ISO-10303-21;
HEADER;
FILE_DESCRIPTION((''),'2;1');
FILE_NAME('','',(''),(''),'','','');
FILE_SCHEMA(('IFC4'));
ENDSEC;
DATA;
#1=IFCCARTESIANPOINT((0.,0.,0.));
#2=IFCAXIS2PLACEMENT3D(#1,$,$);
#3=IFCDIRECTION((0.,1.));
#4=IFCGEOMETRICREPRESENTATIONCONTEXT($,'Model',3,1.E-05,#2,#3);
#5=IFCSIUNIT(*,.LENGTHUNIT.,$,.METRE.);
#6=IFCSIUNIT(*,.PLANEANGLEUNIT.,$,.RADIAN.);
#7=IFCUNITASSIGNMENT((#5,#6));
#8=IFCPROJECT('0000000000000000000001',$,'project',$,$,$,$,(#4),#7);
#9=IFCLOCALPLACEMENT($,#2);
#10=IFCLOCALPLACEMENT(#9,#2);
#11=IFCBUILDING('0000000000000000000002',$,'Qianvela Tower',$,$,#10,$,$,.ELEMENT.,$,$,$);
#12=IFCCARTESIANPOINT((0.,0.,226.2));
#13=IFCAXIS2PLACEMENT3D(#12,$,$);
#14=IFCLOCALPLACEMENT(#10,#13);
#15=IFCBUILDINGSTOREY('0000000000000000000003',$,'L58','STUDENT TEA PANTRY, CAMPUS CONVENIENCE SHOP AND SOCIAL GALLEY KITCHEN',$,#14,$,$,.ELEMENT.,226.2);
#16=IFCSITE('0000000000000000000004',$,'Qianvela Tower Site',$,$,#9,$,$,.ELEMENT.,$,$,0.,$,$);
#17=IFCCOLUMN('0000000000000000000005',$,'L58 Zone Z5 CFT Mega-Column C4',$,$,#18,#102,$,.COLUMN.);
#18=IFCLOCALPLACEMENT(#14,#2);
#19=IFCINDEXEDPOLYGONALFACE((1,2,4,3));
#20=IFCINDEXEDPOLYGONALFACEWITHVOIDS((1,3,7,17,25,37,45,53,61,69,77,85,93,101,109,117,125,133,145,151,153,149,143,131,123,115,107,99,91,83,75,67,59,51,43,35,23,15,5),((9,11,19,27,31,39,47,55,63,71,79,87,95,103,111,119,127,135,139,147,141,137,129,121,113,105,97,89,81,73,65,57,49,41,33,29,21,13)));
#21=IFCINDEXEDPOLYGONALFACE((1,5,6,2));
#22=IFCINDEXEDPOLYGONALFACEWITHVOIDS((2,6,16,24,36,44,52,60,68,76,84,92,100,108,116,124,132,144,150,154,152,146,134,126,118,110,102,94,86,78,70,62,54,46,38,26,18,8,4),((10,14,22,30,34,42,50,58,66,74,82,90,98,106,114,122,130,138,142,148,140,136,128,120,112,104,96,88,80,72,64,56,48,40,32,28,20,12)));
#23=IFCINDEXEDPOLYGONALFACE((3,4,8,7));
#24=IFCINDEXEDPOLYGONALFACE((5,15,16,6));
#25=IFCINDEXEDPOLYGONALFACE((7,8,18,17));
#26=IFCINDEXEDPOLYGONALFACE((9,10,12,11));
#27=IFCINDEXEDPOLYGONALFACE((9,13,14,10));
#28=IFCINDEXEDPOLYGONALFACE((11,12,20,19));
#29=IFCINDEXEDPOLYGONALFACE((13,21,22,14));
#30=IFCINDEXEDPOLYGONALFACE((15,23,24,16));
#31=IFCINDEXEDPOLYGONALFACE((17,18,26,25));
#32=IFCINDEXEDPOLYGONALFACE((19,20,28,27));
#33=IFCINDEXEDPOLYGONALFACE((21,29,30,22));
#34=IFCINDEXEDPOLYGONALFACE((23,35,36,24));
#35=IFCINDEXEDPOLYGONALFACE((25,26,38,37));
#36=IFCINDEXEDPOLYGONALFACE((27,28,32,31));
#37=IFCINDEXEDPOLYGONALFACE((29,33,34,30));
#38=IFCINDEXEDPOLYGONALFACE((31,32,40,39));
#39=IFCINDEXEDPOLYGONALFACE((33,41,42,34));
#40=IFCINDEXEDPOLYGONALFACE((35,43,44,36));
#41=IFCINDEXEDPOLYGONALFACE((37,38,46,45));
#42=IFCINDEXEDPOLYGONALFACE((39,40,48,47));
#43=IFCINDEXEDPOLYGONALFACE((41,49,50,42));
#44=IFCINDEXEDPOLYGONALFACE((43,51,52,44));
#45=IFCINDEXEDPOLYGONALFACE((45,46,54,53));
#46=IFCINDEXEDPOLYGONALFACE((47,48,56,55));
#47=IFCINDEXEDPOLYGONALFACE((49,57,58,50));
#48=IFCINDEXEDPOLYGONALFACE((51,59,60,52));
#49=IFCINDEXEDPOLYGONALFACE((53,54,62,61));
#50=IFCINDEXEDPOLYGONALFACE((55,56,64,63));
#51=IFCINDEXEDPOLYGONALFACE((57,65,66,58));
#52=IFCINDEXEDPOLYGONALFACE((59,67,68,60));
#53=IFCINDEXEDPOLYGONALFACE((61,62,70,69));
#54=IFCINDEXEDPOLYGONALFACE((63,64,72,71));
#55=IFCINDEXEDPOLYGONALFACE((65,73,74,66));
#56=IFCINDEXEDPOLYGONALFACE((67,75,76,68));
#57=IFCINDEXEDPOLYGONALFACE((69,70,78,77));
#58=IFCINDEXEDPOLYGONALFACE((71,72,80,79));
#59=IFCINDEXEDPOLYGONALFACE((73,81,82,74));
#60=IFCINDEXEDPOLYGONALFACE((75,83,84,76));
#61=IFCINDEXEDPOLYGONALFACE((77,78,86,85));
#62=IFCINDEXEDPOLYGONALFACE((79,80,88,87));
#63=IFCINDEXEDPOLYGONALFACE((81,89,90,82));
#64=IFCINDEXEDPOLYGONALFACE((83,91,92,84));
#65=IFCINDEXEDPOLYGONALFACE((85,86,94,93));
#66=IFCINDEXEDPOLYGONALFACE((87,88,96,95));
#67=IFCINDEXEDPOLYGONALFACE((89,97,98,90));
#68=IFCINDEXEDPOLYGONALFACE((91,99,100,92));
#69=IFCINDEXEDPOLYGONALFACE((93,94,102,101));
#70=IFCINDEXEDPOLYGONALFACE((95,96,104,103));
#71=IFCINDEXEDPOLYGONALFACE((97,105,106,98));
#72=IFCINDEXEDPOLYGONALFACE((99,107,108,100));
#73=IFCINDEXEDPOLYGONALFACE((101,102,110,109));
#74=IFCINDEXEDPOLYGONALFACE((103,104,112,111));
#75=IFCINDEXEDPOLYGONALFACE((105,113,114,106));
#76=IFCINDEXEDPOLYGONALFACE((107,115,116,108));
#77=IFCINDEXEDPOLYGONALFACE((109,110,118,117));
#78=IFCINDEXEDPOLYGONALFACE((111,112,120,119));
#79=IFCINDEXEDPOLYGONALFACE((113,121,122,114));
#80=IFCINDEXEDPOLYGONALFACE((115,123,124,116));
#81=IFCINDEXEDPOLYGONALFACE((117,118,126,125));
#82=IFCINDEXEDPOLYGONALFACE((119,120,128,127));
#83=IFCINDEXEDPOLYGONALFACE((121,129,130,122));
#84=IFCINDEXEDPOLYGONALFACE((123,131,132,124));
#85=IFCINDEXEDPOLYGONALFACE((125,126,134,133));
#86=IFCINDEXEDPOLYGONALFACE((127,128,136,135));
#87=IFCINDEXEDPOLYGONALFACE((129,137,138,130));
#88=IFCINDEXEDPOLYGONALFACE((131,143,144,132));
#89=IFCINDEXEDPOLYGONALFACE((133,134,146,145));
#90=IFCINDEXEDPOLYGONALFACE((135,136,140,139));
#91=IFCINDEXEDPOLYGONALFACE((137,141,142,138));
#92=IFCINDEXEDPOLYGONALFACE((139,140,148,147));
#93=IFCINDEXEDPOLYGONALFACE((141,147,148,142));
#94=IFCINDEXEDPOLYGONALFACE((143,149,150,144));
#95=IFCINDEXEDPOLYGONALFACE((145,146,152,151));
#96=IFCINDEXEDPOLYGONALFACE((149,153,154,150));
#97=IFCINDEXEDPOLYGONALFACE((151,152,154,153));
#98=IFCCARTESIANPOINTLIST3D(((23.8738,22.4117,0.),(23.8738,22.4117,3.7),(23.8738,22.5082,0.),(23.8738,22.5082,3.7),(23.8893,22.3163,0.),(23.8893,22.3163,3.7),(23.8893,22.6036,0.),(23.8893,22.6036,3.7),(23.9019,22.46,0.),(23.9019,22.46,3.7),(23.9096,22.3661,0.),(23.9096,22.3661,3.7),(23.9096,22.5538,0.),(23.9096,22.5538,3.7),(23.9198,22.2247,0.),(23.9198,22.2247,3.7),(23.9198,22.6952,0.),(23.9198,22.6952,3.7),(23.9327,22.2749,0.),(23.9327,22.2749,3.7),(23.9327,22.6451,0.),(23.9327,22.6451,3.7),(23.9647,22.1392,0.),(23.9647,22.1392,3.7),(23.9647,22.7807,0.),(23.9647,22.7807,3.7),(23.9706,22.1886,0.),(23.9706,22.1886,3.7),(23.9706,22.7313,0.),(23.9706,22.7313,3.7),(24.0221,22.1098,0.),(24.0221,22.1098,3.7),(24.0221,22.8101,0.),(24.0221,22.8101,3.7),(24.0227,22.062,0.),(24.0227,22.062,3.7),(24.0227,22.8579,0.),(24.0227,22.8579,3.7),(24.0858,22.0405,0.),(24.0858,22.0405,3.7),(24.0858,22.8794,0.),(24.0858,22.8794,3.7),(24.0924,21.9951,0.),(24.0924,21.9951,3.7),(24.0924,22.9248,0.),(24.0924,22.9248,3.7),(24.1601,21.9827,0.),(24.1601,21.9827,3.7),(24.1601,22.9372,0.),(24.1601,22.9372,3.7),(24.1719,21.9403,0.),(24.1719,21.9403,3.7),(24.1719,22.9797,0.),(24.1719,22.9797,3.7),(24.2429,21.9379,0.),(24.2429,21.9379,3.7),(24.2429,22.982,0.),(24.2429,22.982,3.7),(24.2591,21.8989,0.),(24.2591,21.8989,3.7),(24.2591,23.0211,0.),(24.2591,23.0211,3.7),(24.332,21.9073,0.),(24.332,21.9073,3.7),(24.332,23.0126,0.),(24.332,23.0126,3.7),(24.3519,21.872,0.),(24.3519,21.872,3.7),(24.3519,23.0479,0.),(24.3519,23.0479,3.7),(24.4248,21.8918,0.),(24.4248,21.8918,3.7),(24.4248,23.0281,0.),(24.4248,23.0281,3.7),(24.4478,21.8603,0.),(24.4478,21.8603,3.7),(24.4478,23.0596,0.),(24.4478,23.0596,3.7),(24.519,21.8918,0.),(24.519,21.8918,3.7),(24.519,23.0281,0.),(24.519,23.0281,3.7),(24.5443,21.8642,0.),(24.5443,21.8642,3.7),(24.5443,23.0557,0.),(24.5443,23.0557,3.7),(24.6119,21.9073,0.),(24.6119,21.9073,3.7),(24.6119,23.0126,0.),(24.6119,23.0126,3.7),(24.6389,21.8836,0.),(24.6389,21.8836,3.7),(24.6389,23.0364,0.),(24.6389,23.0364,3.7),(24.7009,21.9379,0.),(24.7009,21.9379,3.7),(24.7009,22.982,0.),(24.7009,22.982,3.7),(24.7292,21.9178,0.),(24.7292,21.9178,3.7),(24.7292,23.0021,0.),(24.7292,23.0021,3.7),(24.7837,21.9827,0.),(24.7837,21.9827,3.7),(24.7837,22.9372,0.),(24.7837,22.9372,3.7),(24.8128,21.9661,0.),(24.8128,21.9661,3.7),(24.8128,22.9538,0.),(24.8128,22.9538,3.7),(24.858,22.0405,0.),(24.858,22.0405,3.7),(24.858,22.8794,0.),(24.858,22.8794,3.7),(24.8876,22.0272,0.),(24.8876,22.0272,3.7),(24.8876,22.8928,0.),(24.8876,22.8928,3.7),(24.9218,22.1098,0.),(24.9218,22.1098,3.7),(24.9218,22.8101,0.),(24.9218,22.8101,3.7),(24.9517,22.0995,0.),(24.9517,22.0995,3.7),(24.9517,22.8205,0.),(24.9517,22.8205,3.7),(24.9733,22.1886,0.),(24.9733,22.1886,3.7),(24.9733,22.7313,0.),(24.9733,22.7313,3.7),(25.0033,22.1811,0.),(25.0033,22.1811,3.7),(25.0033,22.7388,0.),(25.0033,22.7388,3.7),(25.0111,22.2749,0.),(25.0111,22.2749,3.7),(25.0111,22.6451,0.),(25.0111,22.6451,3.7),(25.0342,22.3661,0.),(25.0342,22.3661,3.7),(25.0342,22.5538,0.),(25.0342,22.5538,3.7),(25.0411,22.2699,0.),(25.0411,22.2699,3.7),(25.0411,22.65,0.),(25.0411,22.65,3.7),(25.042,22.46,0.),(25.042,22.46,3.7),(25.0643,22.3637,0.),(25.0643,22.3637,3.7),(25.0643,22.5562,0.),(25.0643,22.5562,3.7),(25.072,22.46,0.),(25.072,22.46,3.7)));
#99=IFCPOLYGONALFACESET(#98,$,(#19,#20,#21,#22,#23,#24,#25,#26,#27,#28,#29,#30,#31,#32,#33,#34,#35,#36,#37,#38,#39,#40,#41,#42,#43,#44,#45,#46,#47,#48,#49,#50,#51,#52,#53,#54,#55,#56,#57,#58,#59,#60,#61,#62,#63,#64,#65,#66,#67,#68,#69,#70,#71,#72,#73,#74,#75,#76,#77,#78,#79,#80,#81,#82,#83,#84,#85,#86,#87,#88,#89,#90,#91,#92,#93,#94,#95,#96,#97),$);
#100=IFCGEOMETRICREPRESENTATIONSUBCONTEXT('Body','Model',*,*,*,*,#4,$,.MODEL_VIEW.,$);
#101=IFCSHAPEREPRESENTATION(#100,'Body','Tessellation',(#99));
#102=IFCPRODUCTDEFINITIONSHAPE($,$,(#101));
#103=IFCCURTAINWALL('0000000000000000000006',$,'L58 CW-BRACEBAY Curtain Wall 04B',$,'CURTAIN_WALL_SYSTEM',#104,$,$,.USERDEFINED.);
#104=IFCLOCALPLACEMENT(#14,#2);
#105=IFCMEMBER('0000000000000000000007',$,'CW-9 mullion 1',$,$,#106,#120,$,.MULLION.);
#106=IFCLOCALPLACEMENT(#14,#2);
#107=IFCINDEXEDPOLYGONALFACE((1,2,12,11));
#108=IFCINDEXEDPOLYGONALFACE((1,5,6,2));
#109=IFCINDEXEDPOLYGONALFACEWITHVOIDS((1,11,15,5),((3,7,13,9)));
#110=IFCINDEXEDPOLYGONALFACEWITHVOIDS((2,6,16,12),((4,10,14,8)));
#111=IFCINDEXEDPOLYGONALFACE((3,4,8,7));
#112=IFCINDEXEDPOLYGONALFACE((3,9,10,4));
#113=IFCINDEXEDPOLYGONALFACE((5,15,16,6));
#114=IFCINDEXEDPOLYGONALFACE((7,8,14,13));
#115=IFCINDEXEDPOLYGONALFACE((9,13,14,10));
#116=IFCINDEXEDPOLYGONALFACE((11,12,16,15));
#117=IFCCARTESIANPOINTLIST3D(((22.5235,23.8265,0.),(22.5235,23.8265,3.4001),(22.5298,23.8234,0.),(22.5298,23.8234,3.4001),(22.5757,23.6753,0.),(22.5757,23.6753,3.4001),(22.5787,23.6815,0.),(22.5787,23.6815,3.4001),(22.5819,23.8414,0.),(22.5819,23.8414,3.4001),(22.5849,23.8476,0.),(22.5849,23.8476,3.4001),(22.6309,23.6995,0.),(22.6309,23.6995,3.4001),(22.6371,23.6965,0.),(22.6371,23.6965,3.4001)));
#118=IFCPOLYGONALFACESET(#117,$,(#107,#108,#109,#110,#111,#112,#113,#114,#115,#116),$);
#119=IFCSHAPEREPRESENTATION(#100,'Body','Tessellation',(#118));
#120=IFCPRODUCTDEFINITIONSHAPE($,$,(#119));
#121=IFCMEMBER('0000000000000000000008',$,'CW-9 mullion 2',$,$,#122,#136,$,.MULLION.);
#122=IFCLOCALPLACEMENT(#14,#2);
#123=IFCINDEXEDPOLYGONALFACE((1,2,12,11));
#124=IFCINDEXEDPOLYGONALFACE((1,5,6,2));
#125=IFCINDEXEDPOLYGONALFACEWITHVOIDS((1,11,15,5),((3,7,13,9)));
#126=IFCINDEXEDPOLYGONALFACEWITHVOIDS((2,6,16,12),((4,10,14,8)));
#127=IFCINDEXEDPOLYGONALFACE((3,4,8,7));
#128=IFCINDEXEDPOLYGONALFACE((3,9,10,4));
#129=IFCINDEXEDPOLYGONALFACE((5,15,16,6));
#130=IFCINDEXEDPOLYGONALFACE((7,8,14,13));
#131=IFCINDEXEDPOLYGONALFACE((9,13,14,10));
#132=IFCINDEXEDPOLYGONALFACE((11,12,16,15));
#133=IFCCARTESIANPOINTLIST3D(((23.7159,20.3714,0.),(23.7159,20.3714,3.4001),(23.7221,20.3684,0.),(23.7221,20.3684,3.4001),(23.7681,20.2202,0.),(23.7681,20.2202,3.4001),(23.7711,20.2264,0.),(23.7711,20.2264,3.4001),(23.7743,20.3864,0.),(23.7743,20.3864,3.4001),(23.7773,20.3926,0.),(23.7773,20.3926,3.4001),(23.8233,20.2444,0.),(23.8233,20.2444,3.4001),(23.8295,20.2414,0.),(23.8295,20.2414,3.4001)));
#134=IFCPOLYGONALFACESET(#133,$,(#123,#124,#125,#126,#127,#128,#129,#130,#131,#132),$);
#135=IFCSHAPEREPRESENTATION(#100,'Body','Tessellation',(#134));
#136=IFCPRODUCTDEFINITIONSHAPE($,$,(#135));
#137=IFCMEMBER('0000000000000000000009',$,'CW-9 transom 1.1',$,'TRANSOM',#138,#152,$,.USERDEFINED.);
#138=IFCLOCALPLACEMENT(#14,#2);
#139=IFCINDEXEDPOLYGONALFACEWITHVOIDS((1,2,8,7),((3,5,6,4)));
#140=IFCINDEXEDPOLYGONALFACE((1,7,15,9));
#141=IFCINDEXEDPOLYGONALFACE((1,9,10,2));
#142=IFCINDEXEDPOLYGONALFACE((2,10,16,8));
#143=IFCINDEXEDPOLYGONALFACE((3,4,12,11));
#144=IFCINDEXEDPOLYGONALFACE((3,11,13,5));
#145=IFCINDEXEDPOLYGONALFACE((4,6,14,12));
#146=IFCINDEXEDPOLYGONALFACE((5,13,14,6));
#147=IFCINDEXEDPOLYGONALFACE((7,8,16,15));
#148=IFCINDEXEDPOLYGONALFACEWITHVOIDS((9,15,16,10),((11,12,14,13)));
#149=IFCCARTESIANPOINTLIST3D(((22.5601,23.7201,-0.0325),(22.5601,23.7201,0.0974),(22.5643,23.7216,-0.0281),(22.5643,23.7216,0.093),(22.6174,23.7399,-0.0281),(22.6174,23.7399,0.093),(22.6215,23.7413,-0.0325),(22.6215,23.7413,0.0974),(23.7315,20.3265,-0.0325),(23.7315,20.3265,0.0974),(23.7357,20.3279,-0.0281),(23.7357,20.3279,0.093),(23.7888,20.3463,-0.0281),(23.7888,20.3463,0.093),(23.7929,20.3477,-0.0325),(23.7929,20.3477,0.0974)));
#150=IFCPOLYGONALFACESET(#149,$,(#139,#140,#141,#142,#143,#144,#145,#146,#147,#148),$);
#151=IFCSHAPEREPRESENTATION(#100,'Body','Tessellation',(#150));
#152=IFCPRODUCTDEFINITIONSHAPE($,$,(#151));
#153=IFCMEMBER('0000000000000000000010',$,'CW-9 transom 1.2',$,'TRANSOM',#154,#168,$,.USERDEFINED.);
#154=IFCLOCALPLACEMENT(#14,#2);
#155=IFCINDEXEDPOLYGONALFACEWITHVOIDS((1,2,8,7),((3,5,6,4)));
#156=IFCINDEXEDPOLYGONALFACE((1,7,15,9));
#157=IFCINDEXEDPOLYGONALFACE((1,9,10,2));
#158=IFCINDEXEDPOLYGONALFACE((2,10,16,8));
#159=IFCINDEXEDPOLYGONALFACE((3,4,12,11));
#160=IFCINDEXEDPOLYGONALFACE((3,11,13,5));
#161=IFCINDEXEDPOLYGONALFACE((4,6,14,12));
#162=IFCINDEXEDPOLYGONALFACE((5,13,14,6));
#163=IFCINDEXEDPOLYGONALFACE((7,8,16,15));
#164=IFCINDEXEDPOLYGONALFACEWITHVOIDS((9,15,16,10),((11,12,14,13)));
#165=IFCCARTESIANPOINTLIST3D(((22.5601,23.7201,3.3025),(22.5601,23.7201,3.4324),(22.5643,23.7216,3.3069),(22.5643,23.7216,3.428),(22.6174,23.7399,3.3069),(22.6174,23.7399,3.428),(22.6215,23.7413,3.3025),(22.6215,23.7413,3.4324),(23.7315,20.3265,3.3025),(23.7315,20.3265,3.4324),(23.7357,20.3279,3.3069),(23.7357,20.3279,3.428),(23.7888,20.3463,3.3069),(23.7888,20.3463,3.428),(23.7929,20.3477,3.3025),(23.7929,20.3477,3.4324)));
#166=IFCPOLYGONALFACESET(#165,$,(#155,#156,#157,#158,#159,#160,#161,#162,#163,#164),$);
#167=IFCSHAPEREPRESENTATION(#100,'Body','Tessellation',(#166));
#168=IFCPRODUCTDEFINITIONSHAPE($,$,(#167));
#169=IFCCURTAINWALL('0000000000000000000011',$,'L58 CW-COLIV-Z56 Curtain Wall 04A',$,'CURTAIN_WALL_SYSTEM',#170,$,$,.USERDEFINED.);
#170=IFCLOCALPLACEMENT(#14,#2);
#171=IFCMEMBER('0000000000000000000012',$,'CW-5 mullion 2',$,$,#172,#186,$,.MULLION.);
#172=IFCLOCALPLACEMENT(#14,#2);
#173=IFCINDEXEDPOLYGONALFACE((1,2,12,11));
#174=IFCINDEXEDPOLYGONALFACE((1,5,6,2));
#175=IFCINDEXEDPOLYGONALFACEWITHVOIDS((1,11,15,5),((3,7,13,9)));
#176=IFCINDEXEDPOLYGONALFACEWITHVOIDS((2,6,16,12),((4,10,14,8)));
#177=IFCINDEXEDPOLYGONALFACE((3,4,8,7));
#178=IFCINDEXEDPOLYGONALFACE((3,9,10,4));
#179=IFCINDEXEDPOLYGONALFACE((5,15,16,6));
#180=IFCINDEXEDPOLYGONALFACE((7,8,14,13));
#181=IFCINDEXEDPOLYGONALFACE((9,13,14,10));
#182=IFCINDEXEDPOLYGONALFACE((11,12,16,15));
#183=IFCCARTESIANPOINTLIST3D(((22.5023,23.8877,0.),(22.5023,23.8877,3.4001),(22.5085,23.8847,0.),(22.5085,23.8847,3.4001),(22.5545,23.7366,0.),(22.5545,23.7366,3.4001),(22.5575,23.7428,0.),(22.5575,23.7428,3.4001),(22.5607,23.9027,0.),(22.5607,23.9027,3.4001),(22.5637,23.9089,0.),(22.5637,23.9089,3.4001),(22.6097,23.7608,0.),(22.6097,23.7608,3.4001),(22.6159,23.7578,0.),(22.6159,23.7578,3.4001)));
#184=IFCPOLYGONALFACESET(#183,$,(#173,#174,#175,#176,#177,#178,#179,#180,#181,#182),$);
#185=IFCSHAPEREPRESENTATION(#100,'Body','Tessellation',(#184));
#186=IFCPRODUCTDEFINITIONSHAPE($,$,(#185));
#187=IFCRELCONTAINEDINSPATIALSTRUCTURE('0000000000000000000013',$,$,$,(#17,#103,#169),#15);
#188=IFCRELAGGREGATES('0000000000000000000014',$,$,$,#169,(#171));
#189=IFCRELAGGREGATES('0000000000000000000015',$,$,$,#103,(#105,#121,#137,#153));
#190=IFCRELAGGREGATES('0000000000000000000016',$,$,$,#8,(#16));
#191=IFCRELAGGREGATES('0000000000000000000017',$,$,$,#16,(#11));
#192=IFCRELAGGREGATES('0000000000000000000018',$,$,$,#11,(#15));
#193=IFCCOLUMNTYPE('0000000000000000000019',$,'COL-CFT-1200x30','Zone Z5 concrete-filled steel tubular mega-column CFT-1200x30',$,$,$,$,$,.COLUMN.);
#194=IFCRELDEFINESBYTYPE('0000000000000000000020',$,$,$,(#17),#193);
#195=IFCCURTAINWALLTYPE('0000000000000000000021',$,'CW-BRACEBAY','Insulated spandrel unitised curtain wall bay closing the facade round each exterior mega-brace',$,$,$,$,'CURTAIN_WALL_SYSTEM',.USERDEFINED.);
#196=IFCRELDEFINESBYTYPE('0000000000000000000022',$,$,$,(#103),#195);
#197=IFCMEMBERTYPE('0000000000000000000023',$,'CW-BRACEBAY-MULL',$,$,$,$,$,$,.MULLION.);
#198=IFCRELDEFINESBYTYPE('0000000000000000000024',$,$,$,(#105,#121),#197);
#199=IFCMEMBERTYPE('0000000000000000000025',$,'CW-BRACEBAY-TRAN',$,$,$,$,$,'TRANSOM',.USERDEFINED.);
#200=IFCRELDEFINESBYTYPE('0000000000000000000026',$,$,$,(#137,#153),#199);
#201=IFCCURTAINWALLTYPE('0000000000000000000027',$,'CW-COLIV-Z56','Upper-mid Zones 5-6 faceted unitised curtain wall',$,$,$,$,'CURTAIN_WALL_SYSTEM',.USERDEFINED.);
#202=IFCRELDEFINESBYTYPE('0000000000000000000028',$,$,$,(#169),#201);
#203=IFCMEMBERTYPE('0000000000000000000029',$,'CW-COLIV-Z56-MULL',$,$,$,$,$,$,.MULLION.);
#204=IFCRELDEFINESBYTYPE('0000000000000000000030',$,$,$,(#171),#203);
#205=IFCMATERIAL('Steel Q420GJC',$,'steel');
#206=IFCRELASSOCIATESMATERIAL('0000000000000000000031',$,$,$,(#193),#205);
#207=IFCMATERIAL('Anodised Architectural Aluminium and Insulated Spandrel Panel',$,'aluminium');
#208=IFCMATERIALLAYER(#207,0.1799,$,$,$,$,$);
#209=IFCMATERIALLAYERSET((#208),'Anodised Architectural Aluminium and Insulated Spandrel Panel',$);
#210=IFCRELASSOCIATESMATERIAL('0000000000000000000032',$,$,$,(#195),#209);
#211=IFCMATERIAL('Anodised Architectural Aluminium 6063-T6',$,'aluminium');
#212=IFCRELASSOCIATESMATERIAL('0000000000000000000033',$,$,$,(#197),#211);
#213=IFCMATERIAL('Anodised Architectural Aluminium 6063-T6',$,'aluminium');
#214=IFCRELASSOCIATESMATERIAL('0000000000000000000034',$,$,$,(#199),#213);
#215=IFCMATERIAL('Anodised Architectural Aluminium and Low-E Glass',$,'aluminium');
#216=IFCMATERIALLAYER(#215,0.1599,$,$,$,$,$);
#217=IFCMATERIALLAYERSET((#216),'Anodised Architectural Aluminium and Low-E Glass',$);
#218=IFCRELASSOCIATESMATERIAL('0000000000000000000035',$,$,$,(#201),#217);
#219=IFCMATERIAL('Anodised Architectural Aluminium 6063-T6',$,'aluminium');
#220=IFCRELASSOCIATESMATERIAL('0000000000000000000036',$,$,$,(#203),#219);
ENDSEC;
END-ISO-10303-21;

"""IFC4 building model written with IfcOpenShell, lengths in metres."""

from ifc_helpers import new_model, si_unit, direction, frame, origin, origin_2d, place, context, subcontext, project, spatial, hollow_rectangle, hollow_circle, extrude, material, layer, layer_set, material_profile, profile_set, type_object, element, aggregate, save


model = new_model("IFC4")

# Units and contexts
model_context = context("Model", 3, precision=1e-05, world=origin(), true_north=direction((0.0, 1.0)))
body_context = subcontext(model_context, "Body", "Model", "MODEL_VIEW")
ifc_project = project(units=[si_unit("LENGTHUNIT", "METRE"), si_unit("PLANEANGLEUNIT", "RADIAN")], contexts=[model_context])

# Site, building, storey
site_placement = place(None, origin())
site = spatial("IfcSite", under=ifc_project, at=site_placement, Name="Qianvela Tower Site", CompositionType="ELEMENT", RefElevation=0.0)
building_placement = place(site_placement, origin())
building = spatial("IfcBuilding", under=site, at=building_placement, Name="Qianvela Tower", CompositionType="ELEMENT")
storey_placement = place(building_placement, frame((0.0, 0.0, 226.2)))
storey = spatial("IfcBuildingStorey", under=building, at=storey_placement, Name="L58", Description="STUDENT TEA PANTRY, CAMPUS CONVENIENCE SHOP AND SOCIAL GALLEY KITCHEN", CompositionType="ELEMENT", Elevation=226.2)

# Column
ifc_material_1 = material(Name="Steel Q420GJC", Category="steel")
ifc_material_profile_1 = material_profile(ifc_material_1, hollow_circle(Radius=0.6001, WallThickness=0.03, at=origin_2d()), Name="CFT-1200x30")
ifc_profile_set_1 = profile_set([ifc_material_profile_1], Name="Steel Q420GJC")
column_type = type_object("IfcColumnType", Name="COL-CFT-1200x30", Description="Zone Z5 concrete-filled steel tubular mega-column CFT-1200x30", PredefinedType="COLUMN", material=ifc_profile_set_1)
column_placement = place(storey_placement, frame((24.4719, 22.46, 0.0), z_axis=(0.0, 0.0, 1.0), x_axis=(1.0, 0.0, 0.0)))
element("IfcColumn", 1, at=column_placement, inside=storey, type_object=column_type, Name="L58 Zone Z5 CFT Mega-Column C4", PredefinedType="COLUMN", context=body_context, shape_type="SweptSolid", body=[
    extrude(hollow_circle(Radius=0.6001, WallThickness=0.03, at=origin_2d()), origin(), (0.0, 0.0, 1.0), 3.7),
])

# Curtain wall, members
ifc_material_2 = material(Name="Anodised Architectural Aluminium and Insulated Spandrel Panel", Category="aluminium")
ifc_layer_1 = layer(ifc_material_2, 0.1799)
ifc_layer_set_1 = layer_set([ifc_layer_1], Name="Anodised Architectural Aluminium and Insulated Spandrel Panel")
curtain_wall_type_1 = type_object("IfcCurtainWallType", Name="CW-BRACEBAY", Description="Insulated spandrel unitised curtain wall bay closing the facade round each exterior mega-brace", ElementType="CURTAIN_WALL_SYSTEM", PredefinedType="USERDEFINED", material=ifc_layer_set_1)
curtain_wall_1_placement = place(storey_placement, origin())
curtain_wall_1 = element("IfcCurtainWall", 2, at=curtain_wall_1_placement, inside=storey, type_object=curtain_wall_type_1, Name="L58 CW-BRACEBAY Curtain Wall 04B", ObjectType="CURTAIN_WALL_SYSTEM", PredefinedType="USERDEFINED")
ifc_material_3 = material(Name="Anodised Architectural Aluminium 6063-T6", Category="aluminium")
ifc_material_profile_2 = material_profile(ifc_material_3, hollow_rectangle(XDim=0.0649, YDim=0.1599, WallThickness=0.0049, at=origin_2d()), Name="ALU-MULL-65x160")
ifc_profile_set_2 = profile_set([ifc_material_profile_2], Name="Anodised Architectural Aluminium 6063-T6")
member_type_1 = type_object("IfcMemberType", Name="CW-BRACEBAY-MULL", PredefinedType="MULLION", material=ifc_profile_set_2)
member_1_placement = place(storey_placement, frame((22.5803, 23.7615, 0.0), z_axis=(0.0, 0.0, 1.0), x_axis=(0.945289, 0.326234, 0.0)))
member_1 = element("IfcMember", 3, at=member_1_placement, type_object=member_type_1, Name="CW-9 mullion 1", PredefinedType="MULLION", context=body_context, shape_type="SweptSolid", body=[
    extrude(hollow_rectangle(XDim=0.0649, YDim=0.1599, WallThickness=0.0049, at=origin_2d()), origin(), (0.0, 0.0, 1.0), 3.4001),
])
member_2_placement = place(storey_placement, frame((23.7727, 20.3064, 0.0), z_axis=(0.0, 0.0, 1.0), x_axis=(0.945289, 0.326234, 0.0)))
member_2 = element("IfcMember", 4, at=member_2_placement, type_object=member_type_1, Name="CW-9 mullion 2", PredefinedType="MULLION", context=body_context, shape_type="SweptSolid", body=[
    extrude(hollow_rectangle(XDim=0.0649, YDim=0.1599, WallThickness=0.0049, at=origin_2d()), origin(), (0.0, 0.0, 1.0), 3.4001),
])
ifc_material_4 = material(Name="Anodised Architectural Aluminium 6063-T6", Category="aluminium")
ifc_material_profile_3 = material_profile(ifc_material_4, hollow_rectangle(XDim=0.0649, YDim=0.1299, WallThickness=0.0044, at=origin_2d()), Name="ALU-TRAN-65x130")
ifc_profile_set_3 = profile_set([ifc_material_profile_3], Name="Anodised Architectural Aluminium 6063-T6")
member_type_2 = type_object("IfcMemberType", Name="CW-BRACEBAY-TRAN", ElementType="TRANSOM", PredefinedType="USERDEFINED", material=ifc_profile_set_3)
member_3_placement = place(storey_placement, frame((22.5908, 23.7307, 0.0325), z_axis=(0.326288, -0.94527, 0.0), x_axis=(0.94527, 0.326288, 0.0)))
member_3 = element("IfcMember", 5, at=member_3_placement, type_object=member_type_2, Name="CW-9 transom 1.1", ObjectType="TRANSOM", PredefinedType="USERDEFINED", context=body_context, shape_type="SweptSolid", body=[
    extrude(hollow_rectangle(XDim=0.0649, YDim=0.1299, WallThickness=0.0044, at=origin_2d()), origin(), (0.0, 0.0, 1.0), 3.5901),
])
member_4_placement = place(storey_placement, frame((22.5908, 23.7307, 3.3674), z_axis=(0.326288, -0.94527, 0.0), x_axis=(0.94527, 0.326288, 0.0)))
member_4 = element("IfcMember", 6, at=member_4_placement, type_object=member_type_2, Name="CW-9 transom 1.2", ObjectType="TRANSOM", PredefinedType="USERDEFINED", context=body_context, shape_type="SweptSolid", body=[
    extrude(hollow_rectangle(XDim=0.0649, YDim=0.1299, WallThickness=0.0044, at=origin_2d()), origin(), (0.0, 0.0, 1.0), 3.5901),
])

# Curtain wall, member
ifc_material_5 = material(Name="Anodised Architectural Aluminium and Low-E Glass", Category="aluminium")
ifc_layer_2 = layer(ifc_material_5, 0.1599)
ifc_layer_set_2 = layer_set([ifc_layer_2], Name="Anodised Architectural Aluminium and Low-E Glass")
curtain_wall_type_2 = type_object("IfcCurtainWallType", Name="CW-COLIV-Z56", Description="Upper-mid Zones 5-6 faceted unitised curtain wall", ElementType="CURTAIN_WALL_SYSTEM", PredefinedType="USERDEFINED", material=ifc_layer_set_2)
curtain_wall_2_placement = place(storey_placement, origin())
curtain_wall_2 = element("IfcCurtainWall", 7, at=curtain_wall_2_placement, inside=storey, type_object=curtain_wall_type_2, Name="L58 CW-COLIV-Z56 Curtain Wall 04A", ObjectType="CURTAIN_WALL_SYSTEM", PredefinedType="USERDEFINED")
ifc_material_6 = material(Name="Anodised Architectural Aluminium 6063-T6", Category="aluminium")
ifc_material_profile_4 = material_profile(ifc_material_6, hollow_rectangle(XDim=0.0649, YDim=0.1599, WallThickness=0.0049, at=origin_2d()), Name="ALU-MULL-65x160")
ifc_profile_set_4 = profile_set([ifc_material_profile_4], Name="Anodised Architectural Aluminium 6063-T6")
member_type_3 = type_object("IfcMemberType", Name="CW-COLIV-Z56-MULL", PredefinedType="MULLION", material=ifc_profile_set_4)
member_5_placement = place(storey_placement, frame((22.5591, 23.8228, 0.0), z_axis=(0.0, 0.0, 1.0), x_axis=(0.945292, 0.326225, 0.0)))
member_5 = element("IfcMember", 8, at=member_5_placement, type_object=member_type_3, Name="CW-5 mullion 2", PredefinedType="MULLION", context=body_context, shape_type="SweptSolid", body=[
    extrude(hollow_rectangle(XDim=0.0649, YDim=0.1599, WallThickness=0.0049, at=origin_2d()), origin(), (0.0, 0.0, 1.0), 3.4001),
])
aggregate(curtain_wall_2, [member_5])

aggregate(curtain_wall_1, [member_1, member_2, member_3, member_4])

save(model, "model.ifc")
